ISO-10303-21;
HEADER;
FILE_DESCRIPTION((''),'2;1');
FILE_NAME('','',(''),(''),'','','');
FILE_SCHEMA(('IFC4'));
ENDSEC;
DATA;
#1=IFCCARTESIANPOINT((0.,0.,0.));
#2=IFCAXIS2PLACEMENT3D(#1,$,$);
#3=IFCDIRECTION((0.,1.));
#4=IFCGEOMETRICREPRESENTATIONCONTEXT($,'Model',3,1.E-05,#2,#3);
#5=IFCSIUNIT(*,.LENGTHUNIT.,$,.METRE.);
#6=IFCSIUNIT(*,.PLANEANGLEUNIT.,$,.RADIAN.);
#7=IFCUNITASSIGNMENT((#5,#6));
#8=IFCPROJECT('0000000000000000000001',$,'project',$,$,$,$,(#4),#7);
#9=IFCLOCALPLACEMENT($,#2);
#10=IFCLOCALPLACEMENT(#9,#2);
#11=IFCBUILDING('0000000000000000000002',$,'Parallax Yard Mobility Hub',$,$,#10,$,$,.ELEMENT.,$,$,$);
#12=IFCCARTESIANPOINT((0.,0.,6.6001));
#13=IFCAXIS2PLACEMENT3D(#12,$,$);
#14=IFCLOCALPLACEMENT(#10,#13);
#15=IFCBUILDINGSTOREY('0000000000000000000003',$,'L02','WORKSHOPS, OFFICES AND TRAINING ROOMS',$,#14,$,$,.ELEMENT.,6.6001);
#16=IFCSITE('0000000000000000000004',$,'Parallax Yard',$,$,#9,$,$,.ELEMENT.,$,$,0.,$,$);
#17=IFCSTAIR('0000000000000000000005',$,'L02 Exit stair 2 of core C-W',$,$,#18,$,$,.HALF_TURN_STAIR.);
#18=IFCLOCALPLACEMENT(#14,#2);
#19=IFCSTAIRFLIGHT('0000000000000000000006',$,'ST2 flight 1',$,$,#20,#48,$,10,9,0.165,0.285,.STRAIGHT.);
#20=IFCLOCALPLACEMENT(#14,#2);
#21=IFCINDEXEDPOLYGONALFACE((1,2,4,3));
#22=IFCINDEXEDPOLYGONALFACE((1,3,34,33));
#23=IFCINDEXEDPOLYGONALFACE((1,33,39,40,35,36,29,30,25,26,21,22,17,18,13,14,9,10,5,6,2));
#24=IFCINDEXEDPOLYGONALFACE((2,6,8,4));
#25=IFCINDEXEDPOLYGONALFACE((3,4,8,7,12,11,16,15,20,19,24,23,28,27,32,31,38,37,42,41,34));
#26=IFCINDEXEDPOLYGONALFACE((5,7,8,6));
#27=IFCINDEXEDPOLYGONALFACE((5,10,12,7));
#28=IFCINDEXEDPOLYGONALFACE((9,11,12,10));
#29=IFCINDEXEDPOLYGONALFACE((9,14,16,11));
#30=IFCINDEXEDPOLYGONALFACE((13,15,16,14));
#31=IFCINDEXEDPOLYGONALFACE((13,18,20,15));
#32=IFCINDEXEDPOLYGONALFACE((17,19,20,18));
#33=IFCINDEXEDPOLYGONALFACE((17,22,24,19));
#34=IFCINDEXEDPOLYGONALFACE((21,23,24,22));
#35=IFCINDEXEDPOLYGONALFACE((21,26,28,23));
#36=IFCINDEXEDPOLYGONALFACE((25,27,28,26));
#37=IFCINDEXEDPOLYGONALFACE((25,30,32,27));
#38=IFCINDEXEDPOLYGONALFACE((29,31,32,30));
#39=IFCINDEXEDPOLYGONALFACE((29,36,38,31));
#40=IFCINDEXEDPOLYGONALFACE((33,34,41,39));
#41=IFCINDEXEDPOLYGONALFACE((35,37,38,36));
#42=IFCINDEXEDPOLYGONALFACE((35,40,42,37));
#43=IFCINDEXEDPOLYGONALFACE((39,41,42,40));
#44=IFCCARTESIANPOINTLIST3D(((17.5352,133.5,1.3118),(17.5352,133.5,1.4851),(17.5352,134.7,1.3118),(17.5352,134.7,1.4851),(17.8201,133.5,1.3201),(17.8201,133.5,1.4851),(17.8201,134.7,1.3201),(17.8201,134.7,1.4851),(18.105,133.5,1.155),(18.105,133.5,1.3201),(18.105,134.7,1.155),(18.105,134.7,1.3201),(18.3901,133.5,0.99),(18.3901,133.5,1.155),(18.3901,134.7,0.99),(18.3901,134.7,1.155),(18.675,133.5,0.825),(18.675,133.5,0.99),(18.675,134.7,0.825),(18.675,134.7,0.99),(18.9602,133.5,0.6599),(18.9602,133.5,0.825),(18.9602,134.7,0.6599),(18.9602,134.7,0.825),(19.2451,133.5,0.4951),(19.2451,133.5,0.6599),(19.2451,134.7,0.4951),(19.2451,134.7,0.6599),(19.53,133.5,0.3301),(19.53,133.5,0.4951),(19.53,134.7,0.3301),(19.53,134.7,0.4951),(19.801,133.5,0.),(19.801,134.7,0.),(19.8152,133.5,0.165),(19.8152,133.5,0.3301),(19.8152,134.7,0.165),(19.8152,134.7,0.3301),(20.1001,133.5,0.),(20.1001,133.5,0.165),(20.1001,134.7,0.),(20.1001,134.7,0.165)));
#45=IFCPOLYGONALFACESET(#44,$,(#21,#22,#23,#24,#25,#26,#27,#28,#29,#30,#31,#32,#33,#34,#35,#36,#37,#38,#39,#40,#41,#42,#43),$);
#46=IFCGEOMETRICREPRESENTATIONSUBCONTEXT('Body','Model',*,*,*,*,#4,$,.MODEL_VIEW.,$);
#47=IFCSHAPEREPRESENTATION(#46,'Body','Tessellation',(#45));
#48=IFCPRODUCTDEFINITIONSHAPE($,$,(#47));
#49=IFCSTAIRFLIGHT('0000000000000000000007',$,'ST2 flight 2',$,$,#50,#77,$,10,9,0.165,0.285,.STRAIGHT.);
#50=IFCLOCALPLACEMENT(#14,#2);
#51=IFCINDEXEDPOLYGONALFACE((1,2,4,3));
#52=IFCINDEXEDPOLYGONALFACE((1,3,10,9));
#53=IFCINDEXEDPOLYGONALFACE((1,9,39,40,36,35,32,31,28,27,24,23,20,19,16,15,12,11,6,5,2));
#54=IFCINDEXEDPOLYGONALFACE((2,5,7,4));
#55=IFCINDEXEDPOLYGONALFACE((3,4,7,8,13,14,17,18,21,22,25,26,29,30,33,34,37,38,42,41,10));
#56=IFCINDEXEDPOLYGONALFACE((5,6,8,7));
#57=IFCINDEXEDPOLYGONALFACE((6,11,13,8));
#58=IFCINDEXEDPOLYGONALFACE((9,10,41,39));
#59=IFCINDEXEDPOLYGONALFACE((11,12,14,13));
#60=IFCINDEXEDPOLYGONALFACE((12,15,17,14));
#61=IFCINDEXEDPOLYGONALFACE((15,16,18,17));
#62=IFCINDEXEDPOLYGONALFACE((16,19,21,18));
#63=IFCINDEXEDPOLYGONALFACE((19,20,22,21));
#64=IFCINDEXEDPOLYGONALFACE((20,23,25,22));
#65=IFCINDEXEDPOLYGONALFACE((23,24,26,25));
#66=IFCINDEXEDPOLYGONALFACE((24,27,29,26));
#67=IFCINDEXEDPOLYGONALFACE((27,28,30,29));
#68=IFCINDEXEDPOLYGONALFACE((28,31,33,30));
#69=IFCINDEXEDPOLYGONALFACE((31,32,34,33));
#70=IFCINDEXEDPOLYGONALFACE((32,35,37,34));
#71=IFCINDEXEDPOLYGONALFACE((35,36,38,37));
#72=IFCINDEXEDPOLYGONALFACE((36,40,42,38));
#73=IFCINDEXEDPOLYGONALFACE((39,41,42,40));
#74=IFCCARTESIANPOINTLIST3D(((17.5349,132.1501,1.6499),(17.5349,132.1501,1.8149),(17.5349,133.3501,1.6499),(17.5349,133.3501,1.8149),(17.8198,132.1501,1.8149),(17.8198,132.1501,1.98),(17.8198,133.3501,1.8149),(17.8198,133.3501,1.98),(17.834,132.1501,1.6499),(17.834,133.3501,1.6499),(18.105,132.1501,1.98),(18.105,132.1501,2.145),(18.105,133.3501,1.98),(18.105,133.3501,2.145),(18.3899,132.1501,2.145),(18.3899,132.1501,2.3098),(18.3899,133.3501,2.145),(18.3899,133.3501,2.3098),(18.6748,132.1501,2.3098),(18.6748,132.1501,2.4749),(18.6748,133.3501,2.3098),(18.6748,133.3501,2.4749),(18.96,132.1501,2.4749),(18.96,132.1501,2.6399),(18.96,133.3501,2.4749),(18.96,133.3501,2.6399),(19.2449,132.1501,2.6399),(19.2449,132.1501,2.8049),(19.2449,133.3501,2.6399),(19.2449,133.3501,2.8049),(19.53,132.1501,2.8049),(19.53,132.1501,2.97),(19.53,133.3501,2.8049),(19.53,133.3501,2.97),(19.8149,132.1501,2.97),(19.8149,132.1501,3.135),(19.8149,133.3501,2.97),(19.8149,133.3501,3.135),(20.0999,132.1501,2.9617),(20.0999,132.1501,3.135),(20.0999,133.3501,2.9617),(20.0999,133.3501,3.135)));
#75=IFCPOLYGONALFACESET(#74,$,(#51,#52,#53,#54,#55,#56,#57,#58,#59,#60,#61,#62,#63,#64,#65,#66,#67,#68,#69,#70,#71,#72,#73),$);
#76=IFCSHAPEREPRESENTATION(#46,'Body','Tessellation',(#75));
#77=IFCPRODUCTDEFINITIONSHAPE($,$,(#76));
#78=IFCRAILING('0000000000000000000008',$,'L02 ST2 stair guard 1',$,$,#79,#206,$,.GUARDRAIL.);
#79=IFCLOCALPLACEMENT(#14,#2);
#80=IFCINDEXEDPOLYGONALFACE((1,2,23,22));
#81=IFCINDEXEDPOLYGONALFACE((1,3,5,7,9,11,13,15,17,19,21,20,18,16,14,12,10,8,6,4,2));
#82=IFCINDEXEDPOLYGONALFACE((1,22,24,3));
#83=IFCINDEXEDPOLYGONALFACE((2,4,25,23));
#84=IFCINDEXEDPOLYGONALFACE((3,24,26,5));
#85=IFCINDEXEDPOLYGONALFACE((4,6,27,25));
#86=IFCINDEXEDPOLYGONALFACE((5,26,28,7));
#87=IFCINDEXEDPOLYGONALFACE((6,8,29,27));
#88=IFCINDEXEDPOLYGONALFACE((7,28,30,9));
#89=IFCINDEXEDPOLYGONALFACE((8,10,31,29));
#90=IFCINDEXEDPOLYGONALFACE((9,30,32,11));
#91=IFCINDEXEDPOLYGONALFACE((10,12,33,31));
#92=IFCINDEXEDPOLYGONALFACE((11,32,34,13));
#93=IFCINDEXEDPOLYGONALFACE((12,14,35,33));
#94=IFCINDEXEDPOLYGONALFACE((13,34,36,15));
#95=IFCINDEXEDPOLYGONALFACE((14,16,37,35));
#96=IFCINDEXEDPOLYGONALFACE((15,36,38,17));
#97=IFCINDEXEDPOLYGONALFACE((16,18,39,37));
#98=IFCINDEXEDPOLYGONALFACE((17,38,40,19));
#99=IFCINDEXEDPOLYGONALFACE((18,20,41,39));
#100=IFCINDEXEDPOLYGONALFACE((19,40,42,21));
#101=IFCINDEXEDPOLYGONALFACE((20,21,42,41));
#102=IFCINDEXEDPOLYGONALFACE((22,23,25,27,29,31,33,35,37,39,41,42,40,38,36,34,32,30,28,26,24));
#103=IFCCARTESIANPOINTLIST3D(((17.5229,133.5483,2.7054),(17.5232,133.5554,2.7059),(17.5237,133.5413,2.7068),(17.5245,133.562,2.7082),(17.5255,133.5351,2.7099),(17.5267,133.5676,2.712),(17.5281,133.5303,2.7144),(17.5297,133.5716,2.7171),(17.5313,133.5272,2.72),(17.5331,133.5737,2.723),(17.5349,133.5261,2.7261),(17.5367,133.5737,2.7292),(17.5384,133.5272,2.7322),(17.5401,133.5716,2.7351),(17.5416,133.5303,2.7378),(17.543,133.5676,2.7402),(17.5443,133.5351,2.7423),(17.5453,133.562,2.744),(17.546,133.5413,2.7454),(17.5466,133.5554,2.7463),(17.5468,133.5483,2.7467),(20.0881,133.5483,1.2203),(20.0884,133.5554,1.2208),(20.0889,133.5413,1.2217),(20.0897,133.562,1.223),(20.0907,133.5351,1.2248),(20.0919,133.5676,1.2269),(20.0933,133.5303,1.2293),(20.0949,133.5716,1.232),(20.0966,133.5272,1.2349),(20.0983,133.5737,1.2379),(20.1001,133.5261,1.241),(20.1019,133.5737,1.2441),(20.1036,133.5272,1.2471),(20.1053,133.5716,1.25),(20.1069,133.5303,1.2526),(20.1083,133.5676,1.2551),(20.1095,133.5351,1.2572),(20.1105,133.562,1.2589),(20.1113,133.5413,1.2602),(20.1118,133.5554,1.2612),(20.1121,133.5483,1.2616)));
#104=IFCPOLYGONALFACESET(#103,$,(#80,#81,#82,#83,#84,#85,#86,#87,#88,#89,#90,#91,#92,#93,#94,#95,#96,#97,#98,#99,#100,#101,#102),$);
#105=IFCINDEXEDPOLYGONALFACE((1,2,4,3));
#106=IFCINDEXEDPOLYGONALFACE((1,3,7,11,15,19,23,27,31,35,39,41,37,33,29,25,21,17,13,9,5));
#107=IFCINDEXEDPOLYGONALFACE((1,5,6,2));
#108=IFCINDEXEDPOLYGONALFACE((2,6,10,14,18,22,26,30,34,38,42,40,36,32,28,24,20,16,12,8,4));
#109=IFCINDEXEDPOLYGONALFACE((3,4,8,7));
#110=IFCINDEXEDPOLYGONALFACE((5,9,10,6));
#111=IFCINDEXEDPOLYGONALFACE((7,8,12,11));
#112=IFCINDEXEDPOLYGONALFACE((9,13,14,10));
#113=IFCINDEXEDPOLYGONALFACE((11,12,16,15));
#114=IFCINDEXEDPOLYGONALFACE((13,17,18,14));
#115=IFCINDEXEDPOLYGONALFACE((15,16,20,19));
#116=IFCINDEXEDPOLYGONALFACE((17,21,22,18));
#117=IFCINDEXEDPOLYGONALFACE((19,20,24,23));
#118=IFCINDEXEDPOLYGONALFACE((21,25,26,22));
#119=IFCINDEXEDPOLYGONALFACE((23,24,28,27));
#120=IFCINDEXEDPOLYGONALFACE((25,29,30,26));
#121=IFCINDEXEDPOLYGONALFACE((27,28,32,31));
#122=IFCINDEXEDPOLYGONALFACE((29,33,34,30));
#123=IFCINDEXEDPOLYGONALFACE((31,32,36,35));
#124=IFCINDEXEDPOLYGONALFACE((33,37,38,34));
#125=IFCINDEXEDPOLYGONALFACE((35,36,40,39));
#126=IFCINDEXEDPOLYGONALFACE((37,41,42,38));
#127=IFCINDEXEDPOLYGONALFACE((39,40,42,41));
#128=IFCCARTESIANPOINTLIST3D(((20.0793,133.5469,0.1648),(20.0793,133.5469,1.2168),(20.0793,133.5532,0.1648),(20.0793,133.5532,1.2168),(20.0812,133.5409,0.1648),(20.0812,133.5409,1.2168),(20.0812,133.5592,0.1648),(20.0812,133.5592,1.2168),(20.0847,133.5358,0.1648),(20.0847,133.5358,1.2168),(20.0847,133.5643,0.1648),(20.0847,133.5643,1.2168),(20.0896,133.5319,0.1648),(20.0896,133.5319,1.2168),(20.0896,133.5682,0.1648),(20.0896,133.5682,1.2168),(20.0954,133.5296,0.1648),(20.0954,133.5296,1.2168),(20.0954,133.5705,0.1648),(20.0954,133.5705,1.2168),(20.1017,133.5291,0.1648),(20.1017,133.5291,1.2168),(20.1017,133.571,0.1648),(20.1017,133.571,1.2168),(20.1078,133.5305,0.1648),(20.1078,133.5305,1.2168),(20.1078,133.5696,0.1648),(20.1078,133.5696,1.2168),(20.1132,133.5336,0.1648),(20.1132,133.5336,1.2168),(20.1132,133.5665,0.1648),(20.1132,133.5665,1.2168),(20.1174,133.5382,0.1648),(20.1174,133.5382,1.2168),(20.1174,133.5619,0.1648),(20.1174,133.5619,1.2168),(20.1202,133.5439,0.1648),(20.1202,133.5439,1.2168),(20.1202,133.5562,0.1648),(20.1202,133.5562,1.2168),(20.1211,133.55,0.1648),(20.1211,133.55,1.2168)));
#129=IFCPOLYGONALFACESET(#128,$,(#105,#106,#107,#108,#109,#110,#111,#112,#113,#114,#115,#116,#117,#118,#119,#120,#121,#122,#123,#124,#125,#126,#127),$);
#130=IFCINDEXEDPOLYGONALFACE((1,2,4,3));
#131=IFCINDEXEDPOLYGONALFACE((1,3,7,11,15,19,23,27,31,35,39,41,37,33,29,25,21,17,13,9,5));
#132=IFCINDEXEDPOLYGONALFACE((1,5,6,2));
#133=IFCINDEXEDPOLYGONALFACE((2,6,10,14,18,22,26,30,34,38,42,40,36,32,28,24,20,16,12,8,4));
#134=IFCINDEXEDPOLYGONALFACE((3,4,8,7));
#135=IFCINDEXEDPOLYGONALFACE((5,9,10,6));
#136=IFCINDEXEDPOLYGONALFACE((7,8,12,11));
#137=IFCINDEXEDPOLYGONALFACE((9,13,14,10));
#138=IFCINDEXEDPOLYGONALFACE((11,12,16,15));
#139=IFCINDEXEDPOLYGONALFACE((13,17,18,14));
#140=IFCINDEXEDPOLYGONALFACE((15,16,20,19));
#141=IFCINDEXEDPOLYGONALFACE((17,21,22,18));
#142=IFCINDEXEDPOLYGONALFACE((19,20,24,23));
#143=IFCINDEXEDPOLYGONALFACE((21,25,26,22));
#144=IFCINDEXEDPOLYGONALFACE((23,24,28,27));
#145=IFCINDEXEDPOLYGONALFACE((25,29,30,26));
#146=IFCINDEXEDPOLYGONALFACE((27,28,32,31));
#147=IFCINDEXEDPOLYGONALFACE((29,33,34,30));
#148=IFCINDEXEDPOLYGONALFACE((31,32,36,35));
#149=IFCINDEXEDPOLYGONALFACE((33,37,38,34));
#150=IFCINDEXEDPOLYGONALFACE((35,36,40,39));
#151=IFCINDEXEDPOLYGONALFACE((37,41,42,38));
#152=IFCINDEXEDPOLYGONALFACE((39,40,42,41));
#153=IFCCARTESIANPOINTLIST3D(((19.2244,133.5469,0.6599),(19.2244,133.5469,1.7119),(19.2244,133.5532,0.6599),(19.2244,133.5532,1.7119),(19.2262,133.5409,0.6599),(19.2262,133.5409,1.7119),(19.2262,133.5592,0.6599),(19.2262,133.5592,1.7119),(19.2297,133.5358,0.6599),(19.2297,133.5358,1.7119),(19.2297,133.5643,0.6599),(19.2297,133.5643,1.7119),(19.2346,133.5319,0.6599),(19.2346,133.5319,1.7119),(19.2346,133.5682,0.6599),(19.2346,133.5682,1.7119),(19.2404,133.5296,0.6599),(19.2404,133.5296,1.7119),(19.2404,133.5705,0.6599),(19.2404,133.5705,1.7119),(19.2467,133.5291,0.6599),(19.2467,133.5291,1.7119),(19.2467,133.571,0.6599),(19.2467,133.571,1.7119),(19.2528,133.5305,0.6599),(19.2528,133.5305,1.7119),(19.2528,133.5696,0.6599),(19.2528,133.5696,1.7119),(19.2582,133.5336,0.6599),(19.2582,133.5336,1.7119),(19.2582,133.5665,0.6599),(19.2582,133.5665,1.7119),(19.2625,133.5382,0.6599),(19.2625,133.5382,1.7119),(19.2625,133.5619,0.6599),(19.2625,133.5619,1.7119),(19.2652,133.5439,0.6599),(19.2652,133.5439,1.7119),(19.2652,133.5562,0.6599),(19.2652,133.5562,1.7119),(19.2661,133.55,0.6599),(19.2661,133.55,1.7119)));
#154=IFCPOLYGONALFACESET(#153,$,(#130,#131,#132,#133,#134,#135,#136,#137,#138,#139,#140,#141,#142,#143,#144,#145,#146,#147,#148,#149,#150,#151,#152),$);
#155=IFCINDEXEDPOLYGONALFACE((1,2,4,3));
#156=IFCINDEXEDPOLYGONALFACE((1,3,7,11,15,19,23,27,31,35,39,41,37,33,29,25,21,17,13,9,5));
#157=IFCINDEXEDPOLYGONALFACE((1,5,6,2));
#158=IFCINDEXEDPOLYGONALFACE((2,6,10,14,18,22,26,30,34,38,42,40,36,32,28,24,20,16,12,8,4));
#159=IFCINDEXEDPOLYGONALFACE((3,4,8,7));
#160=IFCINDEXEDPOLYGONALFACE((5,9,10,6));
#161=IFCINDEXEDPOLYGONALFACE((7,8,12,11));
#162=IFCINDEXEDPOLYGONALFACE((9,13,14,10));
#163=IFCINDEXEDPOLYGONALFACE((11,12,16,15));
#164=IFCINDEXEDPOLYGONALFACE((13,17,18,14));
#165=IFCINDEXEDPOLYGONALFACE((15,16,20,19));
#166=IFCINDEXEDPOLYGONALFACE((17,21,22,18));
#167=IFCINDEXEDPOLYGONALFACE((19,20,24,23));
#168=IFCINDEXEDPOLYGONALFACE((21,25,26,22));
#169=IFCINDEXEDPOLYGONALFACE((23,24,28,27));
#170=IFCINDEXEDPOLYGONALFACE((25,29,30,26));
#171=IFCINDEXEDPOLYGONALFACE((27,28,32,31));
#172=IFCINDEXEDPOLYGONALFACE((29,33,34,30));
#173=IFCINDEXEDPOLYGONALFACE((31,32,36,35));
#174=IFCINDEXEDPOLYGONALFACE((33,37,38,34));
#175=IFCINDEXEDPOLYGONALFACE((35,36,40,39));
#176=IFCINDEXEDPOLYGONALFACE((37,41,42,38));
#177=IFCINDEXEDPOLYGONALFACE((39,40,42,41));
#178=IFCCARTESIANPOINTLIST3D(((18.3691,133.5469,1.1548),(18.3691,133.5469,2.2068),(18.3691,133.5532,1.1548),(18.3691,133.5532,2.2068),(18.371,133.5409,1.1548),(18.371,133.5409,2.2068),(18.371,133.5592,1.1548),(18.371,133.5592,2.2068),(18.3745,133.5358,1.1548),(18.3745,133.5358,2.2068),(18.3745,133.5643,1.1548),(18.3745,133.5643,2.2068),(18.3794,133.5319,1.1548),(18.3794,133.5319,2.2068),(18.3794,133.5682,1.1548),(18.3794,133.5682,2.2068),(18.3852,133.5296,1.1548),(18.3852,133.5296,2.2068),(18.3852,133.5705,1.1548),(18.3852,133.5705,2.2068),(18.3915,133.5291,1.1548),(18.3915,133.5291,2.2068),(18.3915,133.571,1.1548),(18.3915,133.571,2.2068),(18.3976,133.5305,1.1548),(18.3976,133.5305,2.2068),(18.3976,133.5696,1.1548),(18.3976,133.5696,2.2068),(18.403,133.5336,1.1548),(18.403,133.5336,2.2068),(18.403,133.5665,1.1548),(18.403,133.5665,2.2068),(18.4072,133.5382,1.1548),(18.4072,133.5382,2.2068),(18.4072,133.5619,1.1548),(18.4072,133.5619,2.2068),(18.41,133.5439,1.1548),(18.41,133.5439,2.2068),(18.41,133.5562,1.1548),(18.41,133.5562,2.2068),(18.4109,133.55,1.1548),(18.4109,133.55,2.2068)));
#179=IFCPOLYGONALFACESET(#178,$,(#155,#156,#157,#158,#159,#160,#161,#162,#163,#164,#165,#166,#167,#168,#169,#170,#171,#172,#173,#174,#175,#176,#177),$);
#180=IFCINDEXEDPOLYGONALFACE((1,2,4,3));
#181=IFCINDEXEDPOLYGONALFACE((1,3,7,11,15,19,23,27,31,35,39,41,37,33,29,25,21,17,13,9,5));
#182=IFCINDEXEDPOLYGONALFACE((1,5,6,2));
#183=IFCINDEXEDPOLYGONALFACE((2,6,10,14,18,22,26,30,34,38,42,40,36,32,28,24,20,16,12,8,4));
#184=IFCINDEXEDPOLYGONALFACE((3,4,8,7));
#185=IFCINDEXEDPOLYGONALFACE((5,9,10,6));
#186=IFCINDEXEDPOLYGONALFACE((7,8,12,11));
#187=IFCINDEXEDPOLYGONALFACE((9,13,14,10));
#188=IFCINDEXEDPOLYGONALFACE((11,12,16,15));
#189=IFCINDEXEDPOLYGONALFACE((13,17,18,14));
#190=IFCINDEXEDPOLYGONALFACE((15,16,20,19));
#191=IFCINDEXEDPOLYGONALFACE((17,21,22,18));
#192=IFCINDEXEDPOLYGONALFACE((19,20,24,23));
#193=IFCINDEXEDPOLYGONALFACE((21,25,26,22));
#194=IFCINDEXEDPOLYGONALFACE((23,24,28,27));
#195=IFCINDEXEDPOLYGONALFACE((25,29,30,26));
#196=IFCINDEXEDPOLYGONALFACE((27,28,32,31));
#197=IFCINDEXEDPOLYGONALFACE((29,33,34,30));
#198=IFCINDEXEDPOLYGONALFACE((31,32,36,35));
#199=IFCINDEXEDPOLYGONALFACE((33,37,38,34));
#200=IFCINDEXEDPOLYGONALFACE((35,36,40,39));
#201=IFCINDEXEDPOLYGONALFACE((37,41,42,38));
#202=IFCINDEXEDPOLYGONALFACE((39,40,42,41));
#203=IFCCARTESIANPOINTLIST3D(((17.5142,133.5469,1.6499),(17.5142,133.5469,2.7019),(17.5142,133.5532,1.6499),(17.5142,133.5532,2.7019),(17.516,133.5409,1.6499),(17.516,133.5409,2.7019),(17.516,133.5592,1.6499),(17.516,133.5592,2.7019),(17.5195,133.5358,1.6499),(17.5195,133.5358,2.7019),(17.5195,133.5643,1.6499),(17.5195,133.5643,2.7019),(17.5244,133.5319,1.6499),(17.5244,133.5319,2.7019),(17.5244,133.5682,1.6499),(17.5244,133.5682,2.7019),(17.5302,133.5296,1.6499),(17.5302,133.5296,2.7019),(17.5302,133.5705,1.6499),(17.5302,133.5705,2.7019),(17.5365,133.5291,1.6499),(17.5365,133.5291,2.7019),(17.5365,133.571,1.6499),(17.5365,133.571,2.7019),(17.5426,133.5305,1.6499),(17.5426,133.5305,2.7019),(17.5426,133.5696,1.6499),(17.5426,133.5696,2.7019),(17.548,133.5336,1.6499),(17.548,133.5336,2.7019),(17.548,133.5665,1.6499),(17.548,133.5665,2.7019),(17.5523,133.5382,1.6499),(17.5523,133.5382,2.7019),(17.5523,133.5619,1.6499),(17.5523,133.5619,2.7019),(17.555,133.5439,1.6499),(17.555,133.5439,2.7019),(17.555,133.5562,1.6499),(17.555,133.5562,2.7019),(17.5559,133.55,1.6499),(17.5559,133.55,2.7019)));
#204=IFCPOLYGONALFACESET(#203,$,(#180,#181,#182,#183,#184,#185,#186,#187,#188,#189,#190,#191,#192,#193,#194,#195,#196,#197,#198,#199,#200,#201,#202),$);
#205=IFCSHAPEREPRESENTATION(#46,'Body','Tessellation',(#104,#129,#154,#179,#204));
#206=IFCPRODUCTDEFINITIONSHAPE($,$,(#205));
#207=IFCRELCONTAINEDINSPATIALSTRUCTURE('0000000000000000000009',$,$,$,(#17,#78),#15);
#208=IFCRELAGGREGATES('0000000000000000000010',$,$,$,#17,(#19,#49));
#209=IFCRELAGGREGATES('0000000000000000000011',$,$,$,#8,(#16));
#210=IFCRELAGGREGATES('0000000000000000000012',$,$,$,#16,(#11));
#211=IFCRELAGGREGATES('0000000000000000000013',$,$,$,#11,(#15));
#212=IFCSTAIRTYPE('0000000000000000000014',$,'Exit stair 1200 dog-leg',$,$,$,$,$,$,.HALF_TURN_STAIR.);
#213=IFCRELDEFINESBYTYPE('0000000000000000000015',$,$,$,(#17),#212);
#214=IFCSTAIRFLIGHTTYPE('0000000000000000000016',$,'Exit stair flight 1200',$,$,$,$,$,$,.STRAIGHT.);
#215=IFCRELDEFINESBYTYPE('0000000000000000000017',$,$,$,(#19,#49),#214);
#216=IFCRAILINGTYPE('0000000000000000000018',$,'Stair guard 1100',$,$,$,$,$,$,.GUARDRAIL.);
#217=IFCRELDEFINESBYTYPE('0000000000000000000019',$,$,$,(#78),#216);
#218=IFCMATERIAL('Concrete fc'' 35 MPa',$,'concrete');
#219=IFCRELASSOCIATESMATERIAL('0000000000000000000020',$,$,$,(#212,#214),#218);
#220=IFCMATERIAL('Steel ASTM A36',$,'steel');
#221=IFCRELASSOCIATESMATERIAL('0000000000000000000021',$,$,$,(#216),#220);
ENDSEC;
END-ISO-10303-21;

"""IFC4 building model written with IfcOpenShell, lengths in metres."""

from ifc_helpers import new_model, si_unit, direction, frame, origin, origin_2d, place, context, subcontext, project, spatial, polyline, circle, outline, extrude, material, type_object, element, aggregate, save


model = new_model("IFC4")

# Units and contexts
model_context = context("Model", 3, precision=1e-05, world=origin(), true_north=direction((0.0, 1.0)))
body_context = subcontext(model_context, "Body", "Model", "MODEL_VIEW")
ifc_project = project(units=[si_unit("LENGTHUNIT", "METRE"), si_unit("PLANEANGLEUNIT", "RADIAN")], contexts=[model_context])

# Site, building, storey
site_placement = place(None, origin())
site = spatial("IfcSite", under=ifc_project, at=site_placement, Name="Parallax Yard", CompositionType="ELEMENT", RefElevation=0.0)
building_placement = place(site_placement, origin())
building = spatial("IfcBuilding", under=site, at=building_placement, Name="Parallax Yard Mobility Hub", CompositionType="ELEMENT")
storey_placement = place(building_placement, frame((0.0, 0.0, 6.6001)))
storey = spatial("IfcBuildingStorey", under=building, at=storey_placement, Name="L02", Description="WORKSHOPS, OFFICES AND TRAINING ROOMS", CompositionType="ELEMENT", Elevation=6.6001)

# Shared definitions
ifc_material_1 = material(Name="Concrete fc' 35 MPa", Category="concrete")

# Stair, stair flights
stair_type = type_object("IfcStairType", Name="Exit stair 1200 dog-leg", PredefinedType="HALF_TURN_STAIR", material=ifc_material_1)
stair_placement = place(storey_placement, origin())
stair = element("IfcStair", 1, at=stair_placement, inside=storey, type_object=stair_type, Name="L02 Exit stair 2 of core C-W", PredefinedType="HALF_TURN_STAIR")
stair_flight_type = type_object("IfcStairFlightType", Name="Exit stair flight 1200", PredefinedType="STRAIGHT", material=ifc_material_1)
stair_flight_1_placement = place(storey_placement, frame((20.1001, 134.1001, 0.0), z_axis=(0.0, 0.0, 1.0), x_axis=(-1.0, 0.0, 0.0)))
stair_flight_1 = element("IfcStairFlight", 2, at=stair_flight_1_placement, type_object=stair_flight_type, Name="ST2 flight 1", NumberOfRisers=10, NumberOfTreads=9, PredefinedType="STRAIGHT", RiserHeight=0.165, TreadLength=0.285, context=body_context, shape_type="SweptSolid", body=[
    extrude(outline(polyline([(0.0, 0.0), (0.0, 0.165), (0.2849, 0.165), (0.2849, 0.3301), (0.5701, 0.3301), (0.5701, 0.4951), (0.855, 0.4951), (0.855, 0.6599), (1.1399, 0.6599), (1.1399, 0.825), (1.425, 0.825), (1.425, 0.99), (1.71, 0.99), (1.71, 1.155), (1.9951, 1.155), (1.9951, 1.3201), (2.28, 1.3201), (2.28, 1.4851), (2.5649, 1.4851), (2.5649, 1.6499), (2.5649, 1.3118), (0.2991, 0.0), (0.0, 0.0)])), frame((0.0, 0.6001, 0.0), z_axis=(0.0, -1.0, 0.0), x_axis=(1.0, 0.0, 0.0)), (0.0, 0.0, 1.0), 1.2),
])
stair_flight_2_placement = place(storey_placement, frame((17.5349, 132.75, 1.6499), z_axis=(0.0, 0.0, 1.0), x_axis=(1.0, 0.0, 0.0)))
stair_flight_2 = element("IfcStairFlight", 3, at=stair_flight_2_placement, type_object=stair_flight_type, Name="ST2 flight 2", NumberOfRisers=10, NumberOfTreads=9, PredefinedType="STRAIGHT", RiserHeight=0.165, TreadLength=0.285, context=body_context, shape_type="SweptSolid", body=[
    extrude(outline(polyline([(0.0, 0.0), (0.0, 0.165), (0.2849, 0.165), (0.2849, 0.3301), (0.5701, 0.3301), (0.5701, 0.4951), (0.855, 0.4951), (0.855, 0.6599), (1.1399, 0.6599), (1.1399, 0.825), (1.425, 0.825), (1.425, 0.99), (1.71, 0.99), (1.71, 1.155), (1.9951, 1.155), (1.9951, 1.3201), (2.28, 1.3201), (2.28, 1.4851), (2.5649, 1.4851), (2.5649, 1.6499), (2.5649, 1.3118), (0.2991, 0.0), (0.0, 0.0)])), frame((0.0, 0.6001, 0.0), z_axis=(0.0, -1.0, 0.0), x_axis=(1.0, 0.0, 0.0)), (0.0, 0.0, 1.0), 1.2),
])
aggregate(stair, [stair_flight_1, stair_flight_2])

# Railing
ifc_material_2 = material(Name="Steel ASTM A36", Category="steel")
railing_type_1 = type_object("IfcRailingType", Name="Stair guard 1100", PredefinedType="GUARDRAIL", material=ifc_material_2)
railing_1_placement = place(storey_placement, frame((20.1001, 133.55, 0.1648)))
element("IfcRailing", 4, at=railing_1_placement, inside=storey, type_object=railing_type_1, Name="L02 ST2 stair guard 1", PredefinedType="GUARDRAIL", context=body_context, shape_type="SweptSolid", body=[
    extrude(circle(Radius=0.0239, at=origin_2d()), frame((0.0, 0.0, 1.0762), z_axis=(-0.865426, 0.0, 0.501036), x_axis=(0.0, -1.0, 0.0)), (0.0, 0.0, 1.0), 2.9641),
    extrude(circle(Radius=0.021, at=origin_2d()), origin(), (0.0, 0.0, 1.0), 1.052),
    extrude(circle(Radius=0.021, at=origin_2d()), frame((-0.855, 0.0, 0.4951)), (0.0, 0.0, 1.0), 1.052),
    extrude(circle(Radius=0.021, at=origin_2d()), frame((-1.7102, 0.0, 0.99)), (0.0, 0.0, 1.0), 1.052),
    extrude(circle(Radius=0.021, at=origin_2d()), frame((-2.5652, 0.0, 1.4851)), (0.0, 0.0, 1.0), 1.052),
])

save(model, "model.ifc")
